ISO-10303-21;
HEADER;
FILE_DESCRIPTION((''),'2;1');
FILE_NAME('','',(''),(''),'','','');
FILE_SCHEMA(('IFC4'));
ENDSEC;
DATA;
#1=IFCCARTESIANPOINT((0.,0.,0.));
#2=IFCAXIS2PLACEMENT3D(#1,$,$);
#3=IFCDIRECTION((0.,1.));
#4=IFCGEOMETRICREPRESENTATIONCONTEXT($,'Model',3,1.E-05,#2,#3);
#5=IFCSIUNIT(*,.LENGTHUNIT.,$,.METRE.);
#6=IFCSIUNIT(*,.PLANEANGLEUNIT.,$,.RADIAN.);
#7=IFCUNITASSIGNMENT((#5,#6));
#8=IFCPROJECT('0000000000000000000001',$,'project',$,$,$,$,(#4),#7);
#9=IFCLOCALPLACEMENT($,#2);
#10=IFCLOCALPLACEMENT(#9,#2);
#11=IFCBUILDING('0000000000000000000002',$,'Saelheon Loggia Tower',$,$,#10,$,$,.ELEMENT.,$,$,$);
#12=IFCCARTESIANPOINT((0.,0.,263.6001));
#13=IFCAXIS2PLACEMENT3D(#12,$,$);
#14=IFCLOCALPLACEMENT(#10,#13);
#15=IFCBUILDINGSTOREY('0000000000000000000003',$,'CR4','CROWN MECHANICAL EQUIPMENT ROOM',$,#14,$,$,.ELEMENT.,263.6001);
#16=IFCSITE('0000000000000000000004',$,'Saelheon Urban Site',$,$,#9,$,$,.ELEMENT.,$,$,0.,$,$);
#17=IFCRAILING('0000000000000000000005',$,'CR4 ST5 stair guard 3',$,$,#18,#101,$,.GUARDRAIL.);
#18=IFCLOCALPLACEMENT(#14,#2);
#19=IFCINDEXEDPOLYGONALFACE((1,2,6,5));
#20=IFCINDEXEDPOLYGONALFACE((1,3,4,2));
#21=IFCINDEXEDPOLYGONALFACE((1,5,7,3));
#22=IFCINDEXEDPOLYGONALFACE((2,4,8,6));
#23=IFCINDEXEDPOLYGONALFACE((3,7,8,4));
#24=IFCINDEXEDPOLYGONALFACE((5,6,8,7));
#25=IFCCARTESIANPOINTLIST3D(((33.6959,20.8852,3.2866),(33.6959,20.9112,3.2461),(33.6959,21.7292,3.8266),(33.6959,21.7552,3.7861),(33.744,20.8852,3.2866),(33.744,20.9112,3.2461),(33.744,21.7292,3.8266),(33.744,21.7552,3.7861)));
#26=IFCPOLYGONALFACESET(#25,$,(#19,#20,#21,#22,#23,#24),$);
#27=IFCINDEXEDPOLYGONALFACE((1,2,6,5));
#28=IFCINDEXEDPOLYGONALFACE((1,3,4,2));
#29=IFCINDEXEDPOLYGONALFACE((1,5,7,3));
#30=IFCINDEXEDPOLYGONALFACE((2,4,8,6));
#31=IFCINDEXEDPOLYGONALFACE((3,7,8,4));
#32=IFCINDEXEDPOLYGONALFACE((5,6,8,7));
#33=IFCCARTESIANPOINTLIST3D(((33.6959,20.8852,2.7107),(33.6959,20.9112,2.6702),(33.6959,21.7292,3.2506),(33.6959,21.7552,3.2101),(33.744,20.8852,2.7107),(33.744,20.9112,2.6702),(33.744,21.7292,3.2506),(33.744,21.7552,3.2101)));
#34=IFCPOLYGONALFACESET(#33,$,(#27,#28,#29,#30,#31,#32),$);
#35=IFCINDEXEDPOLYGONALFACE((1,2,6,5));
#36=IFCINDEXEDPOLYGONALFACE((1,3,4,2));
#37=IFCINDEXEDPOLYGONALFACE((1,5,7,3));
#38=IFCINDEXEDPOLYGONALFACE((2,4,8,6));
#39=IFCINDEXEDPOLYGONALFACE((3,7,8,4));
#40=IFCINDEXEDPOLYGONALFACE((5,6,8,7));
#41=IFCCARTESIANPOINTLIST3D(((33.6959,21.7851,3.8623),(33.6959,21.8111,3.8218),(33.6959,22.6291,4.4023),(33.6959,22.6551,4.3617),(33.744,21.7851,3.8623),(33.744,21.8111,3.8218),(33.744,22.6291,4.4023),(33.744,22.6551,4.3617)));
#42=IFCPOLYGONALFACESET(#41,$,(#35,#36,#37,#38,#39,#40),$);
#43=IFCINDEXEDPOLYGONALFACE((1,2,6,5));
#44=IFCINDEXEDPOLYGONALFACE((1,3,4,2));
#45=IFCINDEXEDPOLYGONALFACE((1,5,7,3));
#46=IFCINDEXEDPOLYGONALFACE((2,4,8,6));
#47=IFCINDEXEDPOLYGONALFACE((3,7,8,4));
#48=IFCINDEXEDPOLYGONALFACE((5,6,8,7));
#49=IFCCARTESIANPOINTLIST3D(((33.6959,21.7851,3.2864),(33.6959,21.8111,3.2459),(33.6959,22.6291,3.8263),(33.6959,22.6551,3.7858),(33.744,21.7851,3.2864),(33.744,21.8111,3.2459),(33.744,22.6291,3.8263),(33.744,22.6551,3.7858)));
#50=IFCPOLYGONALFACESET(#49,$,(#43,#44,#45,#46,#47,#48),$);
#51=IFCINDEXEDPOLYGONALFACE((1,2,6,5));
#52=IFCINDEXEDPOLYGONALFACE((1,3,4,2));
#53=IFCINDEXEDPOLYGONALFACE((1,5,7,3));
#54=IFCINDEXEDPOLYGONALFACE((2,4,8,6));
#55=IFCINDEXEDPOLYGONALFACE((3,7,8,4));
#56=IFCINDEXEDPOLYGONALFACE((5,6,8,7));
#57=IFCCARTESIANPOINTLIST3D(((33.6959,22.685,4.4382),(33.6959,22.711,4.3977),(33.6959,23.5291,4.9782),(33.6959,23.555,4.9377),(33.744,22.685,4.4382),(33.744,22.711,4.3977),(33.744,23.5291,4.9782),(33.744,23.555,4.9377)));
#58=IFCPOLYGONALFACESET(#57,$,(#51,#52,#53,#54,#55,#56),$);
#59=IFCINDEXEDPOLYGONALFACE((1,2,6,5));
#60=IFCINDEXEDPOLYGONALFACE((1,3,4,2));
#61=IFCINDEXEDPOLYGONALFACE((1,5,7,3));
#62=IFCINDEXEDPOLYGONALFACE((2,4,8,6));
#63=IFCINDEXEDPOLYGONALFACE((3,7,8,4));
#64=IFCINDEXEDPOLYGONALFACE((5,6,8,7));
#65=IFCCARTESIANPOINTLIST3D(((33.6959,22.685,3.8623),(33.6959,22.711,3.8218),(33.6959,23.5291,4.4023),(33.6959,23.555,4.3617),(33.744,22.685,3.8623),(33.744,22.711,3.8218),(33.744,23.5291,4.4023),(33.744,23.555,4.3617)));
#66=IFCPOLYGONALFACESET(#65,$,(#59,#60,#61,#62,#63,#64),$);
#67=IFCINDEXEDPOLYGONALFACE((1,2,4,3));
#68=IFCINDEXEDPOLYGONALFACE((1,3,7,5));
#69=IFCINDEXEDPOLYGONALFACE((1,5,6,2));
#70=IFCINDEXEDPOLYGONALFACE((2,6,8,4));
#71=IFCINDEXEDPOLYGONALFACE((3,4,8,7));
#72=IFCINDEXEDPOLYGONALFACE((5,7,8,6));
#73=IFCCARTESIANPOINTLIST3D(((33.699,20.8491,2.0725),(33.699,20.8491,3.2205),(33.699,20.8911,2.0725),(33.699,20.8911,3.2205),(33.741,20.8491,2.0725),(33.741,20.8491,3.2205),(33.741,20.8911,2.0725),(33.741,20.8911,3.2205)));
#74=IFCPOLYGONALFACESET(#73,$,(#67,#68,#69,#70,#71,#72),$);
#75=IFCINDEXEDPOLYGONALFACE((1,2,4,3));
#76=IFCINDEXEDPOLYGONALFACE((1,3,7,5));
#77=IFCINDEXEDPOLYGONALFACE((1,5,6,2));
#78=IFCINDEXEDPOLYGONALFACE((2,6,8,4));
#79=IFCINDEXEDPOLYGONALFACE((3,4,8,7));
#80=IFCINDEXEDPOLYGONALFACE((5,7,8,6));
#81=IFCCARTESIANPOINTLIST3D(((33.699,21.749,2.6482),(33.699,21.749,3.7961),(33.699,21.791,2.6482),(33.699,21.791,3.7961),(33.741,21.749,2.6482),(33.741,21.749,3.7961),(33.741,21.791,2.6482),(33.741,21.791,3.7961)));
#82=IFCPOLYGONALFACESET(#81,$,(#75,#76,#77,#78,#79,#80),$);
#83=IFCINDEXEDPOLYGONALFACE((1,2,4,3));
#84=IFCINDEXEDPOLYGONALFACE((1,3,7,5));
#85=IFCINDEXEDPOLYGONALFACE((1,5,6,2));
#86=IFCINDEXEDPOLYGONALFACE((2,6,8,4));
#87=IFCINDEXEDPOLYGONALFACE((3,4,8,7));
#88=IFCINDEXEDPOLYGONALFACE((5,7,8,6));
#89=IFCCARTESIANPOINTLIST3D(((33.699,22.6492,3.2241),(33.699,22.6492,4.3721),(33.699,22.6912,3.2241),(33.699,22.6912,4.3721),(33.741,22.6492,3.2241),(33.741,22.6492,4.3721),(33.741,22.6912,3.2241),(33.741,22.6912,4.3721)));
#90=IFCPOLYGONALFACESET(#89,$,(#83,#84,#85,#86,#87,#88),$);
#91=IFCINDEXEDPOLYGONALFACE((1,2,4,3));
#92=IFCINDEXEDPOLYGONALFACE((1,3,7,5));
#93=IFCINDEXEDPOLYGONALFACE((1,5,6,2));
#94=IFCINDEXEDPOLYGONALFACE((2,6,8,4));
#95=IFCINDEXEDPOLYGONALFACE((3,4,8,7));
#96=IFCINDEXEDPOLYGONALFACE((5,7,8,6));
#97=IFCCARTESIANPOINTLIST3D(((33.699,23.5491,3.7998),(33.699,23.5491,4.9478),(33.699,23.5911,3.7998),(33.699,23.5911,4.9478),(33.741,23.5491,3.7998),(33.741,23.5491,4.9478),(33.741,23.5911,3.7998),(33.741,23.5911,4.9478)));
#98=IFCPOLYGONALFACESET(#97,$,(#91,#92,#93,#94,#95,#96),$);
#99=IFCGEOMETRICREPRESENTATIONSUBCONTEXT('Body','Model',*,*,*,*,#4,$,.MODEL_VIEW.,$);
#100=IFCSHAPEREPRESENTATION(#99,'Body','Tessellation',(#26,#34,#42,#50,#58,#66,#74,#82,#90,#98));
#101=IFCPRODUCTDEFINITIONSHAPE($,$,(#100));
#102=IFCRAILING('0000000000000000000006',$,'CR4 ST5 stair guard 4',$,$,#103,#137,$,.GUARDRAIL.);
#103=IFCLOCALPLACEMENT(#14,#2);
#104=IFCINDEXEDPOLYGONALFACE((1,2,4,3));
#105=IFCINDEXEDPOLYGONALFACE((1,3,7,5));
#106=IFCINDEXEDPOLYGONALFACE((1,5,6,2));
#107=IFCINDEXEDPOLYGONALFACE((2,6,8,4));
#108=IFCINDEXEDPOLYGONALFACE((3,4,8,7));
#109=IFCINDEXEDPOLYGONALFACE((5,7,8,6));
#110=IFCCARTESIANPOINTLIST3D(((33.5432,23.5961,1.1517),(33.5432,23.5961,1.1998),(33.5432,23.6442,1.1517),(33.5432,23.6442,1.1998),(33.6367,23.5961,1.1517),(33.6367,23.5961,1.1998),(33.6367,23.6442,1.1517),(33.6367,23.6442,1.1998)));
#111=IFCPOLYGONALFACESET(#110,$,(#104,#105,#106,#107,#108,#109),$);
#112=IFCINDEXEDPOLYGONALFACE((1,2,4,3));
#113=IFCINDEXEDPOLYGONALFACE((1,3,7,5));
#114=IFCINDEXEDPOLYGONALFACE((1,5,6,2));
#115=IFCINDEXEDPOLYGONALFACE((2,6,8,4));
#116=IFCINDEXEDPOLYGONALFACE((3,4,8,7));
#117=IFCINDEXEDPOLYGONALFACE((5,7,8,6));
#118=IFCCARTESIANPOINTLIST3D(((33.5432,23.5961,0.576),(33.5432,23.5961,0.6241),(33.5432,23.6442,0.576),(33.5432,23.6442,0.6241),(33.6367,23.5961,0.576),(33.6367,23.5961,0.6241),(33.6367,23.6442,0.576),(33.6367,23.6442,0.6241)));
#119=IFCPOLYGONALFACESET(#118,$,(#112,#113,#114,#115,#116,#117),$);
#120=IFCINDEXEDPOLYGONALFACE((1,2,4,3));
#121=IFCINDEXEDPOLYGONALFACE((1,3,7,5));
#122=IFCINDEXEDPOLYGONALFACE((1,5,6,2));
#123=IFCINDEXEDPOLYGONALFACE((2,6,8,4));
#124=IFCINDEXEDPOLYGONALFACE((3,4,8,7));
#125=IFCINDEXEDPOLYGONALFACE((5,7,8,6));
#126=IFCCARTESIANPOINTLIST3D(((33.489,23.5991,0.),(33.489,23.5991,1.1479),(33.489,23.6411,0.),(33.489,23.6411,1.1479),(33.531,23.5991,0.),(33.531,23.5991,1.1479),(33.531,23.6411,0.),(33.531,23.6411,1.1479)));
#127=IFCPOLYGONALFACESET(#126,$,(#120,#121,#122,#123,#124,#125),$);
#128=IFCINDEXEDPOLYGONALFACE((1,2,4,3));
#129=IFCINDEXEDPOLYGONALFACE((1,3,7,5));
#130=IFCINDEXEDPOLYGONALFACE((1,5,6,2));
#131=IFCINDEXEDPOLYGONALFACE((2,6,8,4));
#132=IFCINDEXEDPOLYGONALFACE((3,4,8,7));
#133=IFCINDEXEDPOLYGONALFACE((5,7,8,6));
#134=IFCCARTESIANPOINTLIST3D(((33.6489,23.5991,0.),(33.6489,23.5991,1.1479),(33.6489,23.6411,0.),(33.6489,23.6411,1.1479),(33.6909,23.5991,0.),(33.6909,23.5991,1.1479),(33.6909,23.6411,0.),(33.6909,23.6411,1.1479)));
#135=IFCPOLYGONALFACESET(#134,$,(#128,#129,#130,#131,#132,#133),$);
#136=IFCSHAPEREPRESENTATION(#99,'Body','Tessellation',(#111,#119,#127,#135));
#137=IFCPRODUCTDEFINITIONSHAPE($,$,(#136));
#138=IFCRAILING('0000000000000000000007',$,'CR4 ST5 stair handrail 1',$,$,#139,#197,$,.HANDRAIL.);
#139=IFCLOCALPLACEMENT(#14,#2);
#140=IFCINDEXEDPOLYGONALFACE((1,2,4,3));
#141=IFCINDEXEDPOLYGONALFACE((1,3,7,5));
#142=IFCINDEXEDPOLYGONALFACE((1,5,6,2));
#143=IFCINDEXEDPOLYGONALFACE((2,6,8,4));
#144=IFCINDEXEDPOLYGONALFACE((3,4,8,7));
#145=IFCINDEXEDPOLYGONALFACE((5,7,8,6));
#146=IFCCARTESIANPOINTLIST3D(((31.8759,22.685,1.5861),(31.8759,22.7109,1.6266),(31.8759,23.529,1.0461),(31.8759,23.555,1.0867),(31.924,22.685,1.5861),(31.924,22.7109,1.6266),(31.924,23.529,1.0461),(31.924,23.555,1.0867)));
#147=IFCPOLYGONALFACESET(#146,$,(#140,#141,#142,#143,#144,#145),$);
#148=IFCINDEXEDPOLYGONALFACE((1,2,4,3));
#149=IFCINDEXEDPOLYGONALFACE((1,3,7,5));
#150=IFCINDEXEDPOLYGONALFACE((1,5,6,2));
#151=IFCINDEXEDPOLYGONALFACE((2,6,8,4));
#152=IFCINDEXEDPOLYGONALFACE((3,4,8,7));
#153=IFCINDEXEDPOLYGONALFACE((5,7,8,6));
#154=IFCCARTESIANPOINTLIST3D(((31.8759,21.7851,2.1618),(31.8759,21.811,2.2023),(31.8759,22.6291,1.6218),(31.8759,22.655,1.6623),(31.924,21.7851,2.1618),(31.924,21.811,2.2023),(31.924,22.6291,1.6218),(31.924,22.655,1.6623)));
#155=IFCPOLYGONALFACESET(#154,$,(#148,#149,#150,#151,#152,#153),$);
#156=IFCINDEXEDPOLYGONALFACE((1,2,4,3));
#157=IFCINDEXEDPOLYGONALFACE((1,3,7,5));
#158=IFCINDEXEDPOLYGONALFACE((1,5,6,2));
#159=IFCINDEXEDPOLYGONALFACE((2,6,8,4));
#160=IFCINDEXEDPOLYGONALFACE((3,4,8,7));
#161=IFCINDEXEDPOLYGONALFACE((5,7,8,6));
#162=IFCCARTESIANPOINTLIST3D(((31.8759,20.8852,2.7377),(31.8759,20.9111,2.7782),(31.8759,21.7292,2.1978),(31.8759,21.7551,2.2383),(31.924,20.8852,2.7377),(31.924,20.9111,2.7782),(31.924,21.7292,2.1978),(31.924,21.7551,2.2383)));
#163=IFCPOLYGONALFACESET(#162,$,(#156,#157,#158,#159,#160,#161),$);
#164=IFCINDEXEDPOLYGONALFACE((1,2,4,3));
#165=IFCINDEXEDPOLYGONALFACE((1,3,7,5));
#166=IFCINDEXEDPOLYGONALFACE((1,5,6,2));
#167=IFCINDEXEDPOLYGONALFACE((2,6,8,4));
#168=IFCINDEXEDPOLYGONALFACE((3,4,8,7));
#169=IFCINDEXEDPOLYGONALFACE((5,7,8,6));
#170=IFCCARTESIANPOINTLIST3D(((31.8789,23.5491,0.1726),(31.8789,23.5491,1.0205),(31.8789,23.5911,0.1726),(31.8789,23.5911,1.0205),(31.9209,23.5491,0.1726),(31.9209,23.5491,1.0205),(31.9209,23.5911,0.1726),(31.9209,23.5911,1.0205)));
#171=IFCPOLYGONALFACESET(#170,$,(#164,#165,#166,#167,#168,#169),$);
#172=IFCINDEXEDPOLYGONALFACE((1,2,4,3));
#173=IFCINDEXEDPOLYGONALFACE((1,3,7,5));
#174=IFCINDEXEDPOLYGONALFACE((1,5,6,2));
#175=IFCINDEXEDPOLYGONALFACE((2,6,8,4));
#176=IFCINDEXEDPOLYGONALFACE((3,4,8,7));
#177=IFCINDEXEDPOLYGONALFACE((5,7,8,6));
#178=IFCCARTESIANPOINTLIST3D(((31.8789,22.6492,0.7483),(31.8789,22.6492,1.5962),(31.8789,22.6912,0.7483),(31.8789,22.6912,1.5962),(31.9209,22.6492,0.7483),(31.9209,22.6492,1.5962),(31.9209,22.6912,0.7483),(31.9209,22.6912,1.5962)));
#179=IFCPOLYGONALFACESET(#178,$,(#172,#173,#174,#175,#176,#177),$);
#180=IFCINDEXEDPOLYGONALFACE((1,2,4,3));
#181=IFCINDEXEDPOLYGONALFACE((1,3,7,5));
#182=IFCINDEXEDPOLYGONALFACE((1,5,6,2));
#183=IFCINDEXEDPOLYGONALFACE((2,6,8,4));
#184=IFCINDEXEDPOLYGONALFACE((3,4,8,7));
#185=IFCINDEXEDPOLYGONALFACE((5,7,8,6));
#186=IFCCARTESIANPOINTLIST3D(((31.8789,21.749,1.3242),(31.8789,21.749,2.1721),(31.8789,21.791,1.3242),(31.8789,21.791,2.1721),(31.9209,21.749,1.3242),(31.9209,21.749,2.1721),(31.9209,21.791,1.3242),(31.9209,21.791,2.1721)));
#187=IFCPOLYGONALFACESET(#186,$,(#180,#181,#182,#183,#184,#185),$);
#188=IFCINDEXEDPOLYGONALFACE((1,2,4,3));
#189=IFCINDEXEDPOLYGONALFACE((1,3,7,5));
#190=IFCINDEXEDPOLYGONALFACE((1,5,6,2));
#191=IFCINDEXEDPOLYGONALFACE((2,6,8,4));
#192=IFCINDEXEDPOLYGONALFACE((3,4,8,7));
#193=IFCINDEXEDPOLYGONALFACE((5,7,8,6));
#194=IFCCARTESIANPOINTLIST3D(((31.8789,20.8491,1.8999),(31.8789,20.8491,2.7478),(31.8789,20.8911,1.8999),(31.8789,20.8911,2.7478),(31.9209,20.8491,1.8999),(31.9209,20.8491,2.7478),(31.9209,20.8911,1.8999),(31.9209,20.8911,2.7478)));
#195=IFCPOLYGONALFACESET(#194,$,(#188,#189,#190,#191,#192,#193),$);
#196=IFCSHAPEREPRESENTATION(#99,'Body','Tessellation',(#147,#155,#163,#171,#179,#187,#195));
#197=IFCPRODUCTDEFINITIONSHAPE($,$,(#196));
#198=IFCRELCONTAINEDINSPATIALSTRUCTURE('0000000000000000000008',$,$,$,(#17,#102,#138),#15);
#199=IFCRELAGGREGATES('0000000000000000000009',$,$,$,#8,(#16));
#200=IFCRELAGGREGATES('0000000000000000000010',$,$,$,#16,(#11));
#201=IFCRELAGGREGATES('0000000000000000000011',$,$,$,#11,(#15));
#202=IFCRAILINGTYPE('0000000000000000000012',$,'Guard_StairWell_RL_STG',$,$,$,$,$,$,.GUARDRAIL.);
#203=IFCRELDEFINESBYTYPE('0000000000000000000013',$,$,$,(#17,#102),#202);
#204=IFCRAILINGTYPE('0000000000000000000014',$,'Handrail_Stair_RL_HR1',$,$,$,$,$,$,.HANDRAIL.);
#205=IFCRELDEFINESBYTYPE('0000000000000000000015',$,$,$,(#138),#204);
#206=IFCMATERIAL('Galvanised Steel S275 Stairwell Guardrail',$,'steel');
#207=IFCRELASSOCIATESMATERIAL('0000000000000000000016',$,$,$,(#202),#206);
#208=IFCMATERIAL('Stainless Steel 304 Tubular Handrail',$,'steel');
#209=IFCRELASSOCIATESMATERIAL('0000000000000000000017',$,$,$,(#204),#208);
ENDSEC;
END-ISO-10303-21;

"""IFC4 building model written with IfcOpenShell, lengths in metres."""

from ifc_helpers import new_model, si_unit, direction, frame, origin, origin_2d, place, context, subcontext, project, spatial, rectangle, extrude, material, type_object, element, save


model = new_model("IFC4")

# Units and contexts
model_context = context("Model", 3, precision=1e-05, world=origin(), true_north=direction((0.0, 1.0)))
body_context = subcontext(model_context, "Body", "Model", "MODEL_VIEW")
ifc_project = project(units=[si_unit("LENGTHUNIT", "METRE"), si_unit("PLANEANGLEUNIT", "RADIAN")], contexts=[model_context])

# Site, building, storey
site_placement = place(None, origin())
site = spatial("IfcSite", under=ifc_project, at=site_placement, Name="Saelheon Urban Site", CompositionType="ELEMENT", RefElevation=0.0)
building_placement = place(site_placement, origin())
building = spatial("IfcBuilding", under=site, at=building_placement, Name="Saelheon Loggia Tower", CompositionType="ELEMENT")
storey_placement = place(building_placement, frame((0.0, 0.0, 263.6001)))
storey = spatial("IfcBuildingStorey", under=building, at=storey_placement, Name="CR4", Description="CROWN MECHANICAL EQUIPMENT ROOM", CompositionType="ELEMENT", Elevation=263.6001)

# Railings
ifc_material_1 = material(Name="Galvanised Steel S275 Stairwell Guardrail", Category="steel")
railing_type_1 = type_object("IfcRailingType", Name="Guard_StairWell_RL_STG", PredefinedType="GUARDRAIL", material=ifc_material_1)
railing_1_placement = place(storey_placement, frame((33.72, 20.8701, 2.0725)))
element("IfcRailing", 1, at=railing_1_placement, inside=storey, type_object=railing_type_1, Name="CR4 ST5 stair guard 3", PredefinedType="GUARDRAIL", context=body_context, shape_type="SweptSolid", body=[
    extrude(rectangle(XDim=0.0481, YDim=0.0481, at=origin_2d()), frame((0.0, 0.0281, 1.1938), z_axis=(0.0, 0.842367, 0.538905), x_axis=(-1.0, 0.0, 0.0)), (0.0, 0.0, 1.0), 1.002),
    extrude(rectangle(XDim=0.0481, YDim=0.0481, at=origin_2d()), frame((0.0, 0.0281, 0.6179), z_axis=(0.0, 0.842367, 0.538905), x_axis=(-1.0, 0.0, 0.0)), (0.0, 0.0, 1.0), 1.002),
    extrude(rectangle(XDim=0.0481, YDim=0.0481, at=origin_2d()), frame((0.0, 0.928, 1.7695), z_axis=(0.0, 0.842367, 0.538905), x_axis=(-1.0, 0.0, 0.0)), (0.0, 0.0, 1.0), 1.002),
    extrude(rectangle(XDim=0.0481, YDim=0.0481, at=origin_2d()), frame((0.0, 0.928, 1.1936), z_axis=(0.0, 0.842367, 0.538905), x_axis=(-1.0, 0.0, 0.0)), (0.0, 0.0, 1.0), 1.002),
    extrude(rectangle(XDim=0.0481, YDim=0.0481, at=origin_2d()), frame((0.0, 1.8279, 2.3455), z_axis=(0.0, 0.842367, 0.538905), x_axis=(-1.0, 0.0, 0.0)), (0.0, 0.0, 1.0), 1.002),
    extrude(rectangle(XDim=0.0481, YDim=0.0481, at=origin_2d()), frame((0.0, 1.8279, 1.7695), z_axis=(0.0, 0.842367, 0.538905), x_axis=(-1.0, 0.0, 0.0)), (0.0, 0.0, 1.0), 1.002),
    extrude(rectangle(XDim=0.042, YDim=0.042, at=origin_2d()), origin(), (0.0, 0.0, 1.0), 1.1479),
    extrude(rectangle(XDim=0.042, YDim=0.042, at=origin_2d()), frame((0.0, 0.8999, 0.5757)), (0.0, 0.0, 1.0), 1.1479),
    extrude(rectangle(XDim=0.042, YDim=0.042, at=origin_2d()), frame((0.0, 1.8, 1.1516)), (0.0, 0.0, 1.0), 1.1479),
    extrude(rectangle(XDim=0.042, YDim=0.042, at=origin_2d()), frame((0.0, 2.7, 1.7273)), (0.0, 0.0, 1.0), 1.1479),
])
railing_2_placement = place(storey_placement, frame((33.51, 23.6201, 0.0)))
element("IfcRailing", 2, at=railing_2_placement, inside=storey, type_object=railing_type_1, Name="CR4 ST5 stair guard 4", PredefinedType="GUARDRAIL", context=body_context, shape_type="SweptSolid", body=[
    extrude(rectangle(XDim=0.0481, YDim=0.0481, at=origin_2d()), frame((0.0332, 0.0, 1.1758), z_axis=(1.0, 0.0, 0.0), x_axis=(0.0, 1.0, 0.0)), (0.0, 0.0, 1.0), 0.0935),
    extrude(rectangle(XDim=0.0481, YDim=0.0481, at=origin_2d()), frame((0.0332, 0.0, 0.6001), z_axis=(1.0, 0.0, 0.0), x_axis=(0.0, 1.0, 0.0)), (0.0, 0.0, 1.0), 0.0935),
    extrude(rectangle(XDim=0.042, YDim=0.042, at=origin_2d()), origin(), (0.0, 0.0, 1.0), 1.1479),
    extrude(rectangle(XDim=0.042, YDim=0.042, at=origin_2d()), frame((0.1599, 0.0, 0.0)), (0.0, 0.0, 1.0), 1.1479),
])
ifc_material_2 = material(Name="Stainless Steel 304 Tubular Handrail", Category="steel")
railing_type_2 = type_object("IfcRailingType", Name="Handrail_Stair_RL_HR1", PredefinedType="HANDRAIL", material=ifc_material_2)
railing_3_placement = place(storey_placement, frame((31.8999, 23.5701, 0.1726)))
element("IfcRailing", 3, at=railing_3_placement, inside=storey, type_object=railing_type_2, Name="CR4 ST5 stair handrail 1", PredefinedType="HANDRAIL", context=body_context, shape_type="SweptSolid", body=[
    extrude(rectangle(XDim=0.0481, YDim=0.0481, at=origin_2d()), frame((0.0, -0.0281, 0.8938), z_axis=(0.0, -0.842367, 0.538905), x_axis=(1.0, 0.0, 0.0)), (0.0, 0.0, 1.0), 1.002),
    extrude(rectangle(XDim=0.0481, YDim=0.0481, at=origin_2d()), frame((0.0, -0.928, 1.4695), z_axis=(0.0, -0.842367, 0.538905), x_axis=(1.0, 0.0, 0.0)), (0.0, 0.0, 1.0), 1.002),
    extrude(rectangle(XDim=0.0481, YDim=0.0481, at=origin_2d()), frame((0.0, -1.8279, 2.0454), z_axis=(0.0, -0.842367, 0.538905), x_axis=(1.0, 0.0, 0.0)), (0.0, 0.0, 1.0), 1.002),
    extrude(rectangle(XDim=0.042, YDim=0.042, at=origin_2d()), origin(), (0.0, 0.0, 1.0), 0.8479),
    extrude(rectangle(XDim=0.042, YDim=0.042, at=origin_2d()), frame((0.0, -0.8999, 0.5757)), (0.0, 0.0, 1.0), 0.8479),
    extrude(rectangle(XDim=0.042, YDim=0.042, at=origin_2d()), frame((0.0, -1.8, 1.1516)), (0.0, 0.0, 1.0), 0.8479),
    extrude(rectangle(XDim=0.042, YDim=0.042, at=origin_2d()), frame((0.0, -2.7, 1.7273)), (0.0, 0.0, 1.0), 0.8479),
])

save(model, "model.ifc")
